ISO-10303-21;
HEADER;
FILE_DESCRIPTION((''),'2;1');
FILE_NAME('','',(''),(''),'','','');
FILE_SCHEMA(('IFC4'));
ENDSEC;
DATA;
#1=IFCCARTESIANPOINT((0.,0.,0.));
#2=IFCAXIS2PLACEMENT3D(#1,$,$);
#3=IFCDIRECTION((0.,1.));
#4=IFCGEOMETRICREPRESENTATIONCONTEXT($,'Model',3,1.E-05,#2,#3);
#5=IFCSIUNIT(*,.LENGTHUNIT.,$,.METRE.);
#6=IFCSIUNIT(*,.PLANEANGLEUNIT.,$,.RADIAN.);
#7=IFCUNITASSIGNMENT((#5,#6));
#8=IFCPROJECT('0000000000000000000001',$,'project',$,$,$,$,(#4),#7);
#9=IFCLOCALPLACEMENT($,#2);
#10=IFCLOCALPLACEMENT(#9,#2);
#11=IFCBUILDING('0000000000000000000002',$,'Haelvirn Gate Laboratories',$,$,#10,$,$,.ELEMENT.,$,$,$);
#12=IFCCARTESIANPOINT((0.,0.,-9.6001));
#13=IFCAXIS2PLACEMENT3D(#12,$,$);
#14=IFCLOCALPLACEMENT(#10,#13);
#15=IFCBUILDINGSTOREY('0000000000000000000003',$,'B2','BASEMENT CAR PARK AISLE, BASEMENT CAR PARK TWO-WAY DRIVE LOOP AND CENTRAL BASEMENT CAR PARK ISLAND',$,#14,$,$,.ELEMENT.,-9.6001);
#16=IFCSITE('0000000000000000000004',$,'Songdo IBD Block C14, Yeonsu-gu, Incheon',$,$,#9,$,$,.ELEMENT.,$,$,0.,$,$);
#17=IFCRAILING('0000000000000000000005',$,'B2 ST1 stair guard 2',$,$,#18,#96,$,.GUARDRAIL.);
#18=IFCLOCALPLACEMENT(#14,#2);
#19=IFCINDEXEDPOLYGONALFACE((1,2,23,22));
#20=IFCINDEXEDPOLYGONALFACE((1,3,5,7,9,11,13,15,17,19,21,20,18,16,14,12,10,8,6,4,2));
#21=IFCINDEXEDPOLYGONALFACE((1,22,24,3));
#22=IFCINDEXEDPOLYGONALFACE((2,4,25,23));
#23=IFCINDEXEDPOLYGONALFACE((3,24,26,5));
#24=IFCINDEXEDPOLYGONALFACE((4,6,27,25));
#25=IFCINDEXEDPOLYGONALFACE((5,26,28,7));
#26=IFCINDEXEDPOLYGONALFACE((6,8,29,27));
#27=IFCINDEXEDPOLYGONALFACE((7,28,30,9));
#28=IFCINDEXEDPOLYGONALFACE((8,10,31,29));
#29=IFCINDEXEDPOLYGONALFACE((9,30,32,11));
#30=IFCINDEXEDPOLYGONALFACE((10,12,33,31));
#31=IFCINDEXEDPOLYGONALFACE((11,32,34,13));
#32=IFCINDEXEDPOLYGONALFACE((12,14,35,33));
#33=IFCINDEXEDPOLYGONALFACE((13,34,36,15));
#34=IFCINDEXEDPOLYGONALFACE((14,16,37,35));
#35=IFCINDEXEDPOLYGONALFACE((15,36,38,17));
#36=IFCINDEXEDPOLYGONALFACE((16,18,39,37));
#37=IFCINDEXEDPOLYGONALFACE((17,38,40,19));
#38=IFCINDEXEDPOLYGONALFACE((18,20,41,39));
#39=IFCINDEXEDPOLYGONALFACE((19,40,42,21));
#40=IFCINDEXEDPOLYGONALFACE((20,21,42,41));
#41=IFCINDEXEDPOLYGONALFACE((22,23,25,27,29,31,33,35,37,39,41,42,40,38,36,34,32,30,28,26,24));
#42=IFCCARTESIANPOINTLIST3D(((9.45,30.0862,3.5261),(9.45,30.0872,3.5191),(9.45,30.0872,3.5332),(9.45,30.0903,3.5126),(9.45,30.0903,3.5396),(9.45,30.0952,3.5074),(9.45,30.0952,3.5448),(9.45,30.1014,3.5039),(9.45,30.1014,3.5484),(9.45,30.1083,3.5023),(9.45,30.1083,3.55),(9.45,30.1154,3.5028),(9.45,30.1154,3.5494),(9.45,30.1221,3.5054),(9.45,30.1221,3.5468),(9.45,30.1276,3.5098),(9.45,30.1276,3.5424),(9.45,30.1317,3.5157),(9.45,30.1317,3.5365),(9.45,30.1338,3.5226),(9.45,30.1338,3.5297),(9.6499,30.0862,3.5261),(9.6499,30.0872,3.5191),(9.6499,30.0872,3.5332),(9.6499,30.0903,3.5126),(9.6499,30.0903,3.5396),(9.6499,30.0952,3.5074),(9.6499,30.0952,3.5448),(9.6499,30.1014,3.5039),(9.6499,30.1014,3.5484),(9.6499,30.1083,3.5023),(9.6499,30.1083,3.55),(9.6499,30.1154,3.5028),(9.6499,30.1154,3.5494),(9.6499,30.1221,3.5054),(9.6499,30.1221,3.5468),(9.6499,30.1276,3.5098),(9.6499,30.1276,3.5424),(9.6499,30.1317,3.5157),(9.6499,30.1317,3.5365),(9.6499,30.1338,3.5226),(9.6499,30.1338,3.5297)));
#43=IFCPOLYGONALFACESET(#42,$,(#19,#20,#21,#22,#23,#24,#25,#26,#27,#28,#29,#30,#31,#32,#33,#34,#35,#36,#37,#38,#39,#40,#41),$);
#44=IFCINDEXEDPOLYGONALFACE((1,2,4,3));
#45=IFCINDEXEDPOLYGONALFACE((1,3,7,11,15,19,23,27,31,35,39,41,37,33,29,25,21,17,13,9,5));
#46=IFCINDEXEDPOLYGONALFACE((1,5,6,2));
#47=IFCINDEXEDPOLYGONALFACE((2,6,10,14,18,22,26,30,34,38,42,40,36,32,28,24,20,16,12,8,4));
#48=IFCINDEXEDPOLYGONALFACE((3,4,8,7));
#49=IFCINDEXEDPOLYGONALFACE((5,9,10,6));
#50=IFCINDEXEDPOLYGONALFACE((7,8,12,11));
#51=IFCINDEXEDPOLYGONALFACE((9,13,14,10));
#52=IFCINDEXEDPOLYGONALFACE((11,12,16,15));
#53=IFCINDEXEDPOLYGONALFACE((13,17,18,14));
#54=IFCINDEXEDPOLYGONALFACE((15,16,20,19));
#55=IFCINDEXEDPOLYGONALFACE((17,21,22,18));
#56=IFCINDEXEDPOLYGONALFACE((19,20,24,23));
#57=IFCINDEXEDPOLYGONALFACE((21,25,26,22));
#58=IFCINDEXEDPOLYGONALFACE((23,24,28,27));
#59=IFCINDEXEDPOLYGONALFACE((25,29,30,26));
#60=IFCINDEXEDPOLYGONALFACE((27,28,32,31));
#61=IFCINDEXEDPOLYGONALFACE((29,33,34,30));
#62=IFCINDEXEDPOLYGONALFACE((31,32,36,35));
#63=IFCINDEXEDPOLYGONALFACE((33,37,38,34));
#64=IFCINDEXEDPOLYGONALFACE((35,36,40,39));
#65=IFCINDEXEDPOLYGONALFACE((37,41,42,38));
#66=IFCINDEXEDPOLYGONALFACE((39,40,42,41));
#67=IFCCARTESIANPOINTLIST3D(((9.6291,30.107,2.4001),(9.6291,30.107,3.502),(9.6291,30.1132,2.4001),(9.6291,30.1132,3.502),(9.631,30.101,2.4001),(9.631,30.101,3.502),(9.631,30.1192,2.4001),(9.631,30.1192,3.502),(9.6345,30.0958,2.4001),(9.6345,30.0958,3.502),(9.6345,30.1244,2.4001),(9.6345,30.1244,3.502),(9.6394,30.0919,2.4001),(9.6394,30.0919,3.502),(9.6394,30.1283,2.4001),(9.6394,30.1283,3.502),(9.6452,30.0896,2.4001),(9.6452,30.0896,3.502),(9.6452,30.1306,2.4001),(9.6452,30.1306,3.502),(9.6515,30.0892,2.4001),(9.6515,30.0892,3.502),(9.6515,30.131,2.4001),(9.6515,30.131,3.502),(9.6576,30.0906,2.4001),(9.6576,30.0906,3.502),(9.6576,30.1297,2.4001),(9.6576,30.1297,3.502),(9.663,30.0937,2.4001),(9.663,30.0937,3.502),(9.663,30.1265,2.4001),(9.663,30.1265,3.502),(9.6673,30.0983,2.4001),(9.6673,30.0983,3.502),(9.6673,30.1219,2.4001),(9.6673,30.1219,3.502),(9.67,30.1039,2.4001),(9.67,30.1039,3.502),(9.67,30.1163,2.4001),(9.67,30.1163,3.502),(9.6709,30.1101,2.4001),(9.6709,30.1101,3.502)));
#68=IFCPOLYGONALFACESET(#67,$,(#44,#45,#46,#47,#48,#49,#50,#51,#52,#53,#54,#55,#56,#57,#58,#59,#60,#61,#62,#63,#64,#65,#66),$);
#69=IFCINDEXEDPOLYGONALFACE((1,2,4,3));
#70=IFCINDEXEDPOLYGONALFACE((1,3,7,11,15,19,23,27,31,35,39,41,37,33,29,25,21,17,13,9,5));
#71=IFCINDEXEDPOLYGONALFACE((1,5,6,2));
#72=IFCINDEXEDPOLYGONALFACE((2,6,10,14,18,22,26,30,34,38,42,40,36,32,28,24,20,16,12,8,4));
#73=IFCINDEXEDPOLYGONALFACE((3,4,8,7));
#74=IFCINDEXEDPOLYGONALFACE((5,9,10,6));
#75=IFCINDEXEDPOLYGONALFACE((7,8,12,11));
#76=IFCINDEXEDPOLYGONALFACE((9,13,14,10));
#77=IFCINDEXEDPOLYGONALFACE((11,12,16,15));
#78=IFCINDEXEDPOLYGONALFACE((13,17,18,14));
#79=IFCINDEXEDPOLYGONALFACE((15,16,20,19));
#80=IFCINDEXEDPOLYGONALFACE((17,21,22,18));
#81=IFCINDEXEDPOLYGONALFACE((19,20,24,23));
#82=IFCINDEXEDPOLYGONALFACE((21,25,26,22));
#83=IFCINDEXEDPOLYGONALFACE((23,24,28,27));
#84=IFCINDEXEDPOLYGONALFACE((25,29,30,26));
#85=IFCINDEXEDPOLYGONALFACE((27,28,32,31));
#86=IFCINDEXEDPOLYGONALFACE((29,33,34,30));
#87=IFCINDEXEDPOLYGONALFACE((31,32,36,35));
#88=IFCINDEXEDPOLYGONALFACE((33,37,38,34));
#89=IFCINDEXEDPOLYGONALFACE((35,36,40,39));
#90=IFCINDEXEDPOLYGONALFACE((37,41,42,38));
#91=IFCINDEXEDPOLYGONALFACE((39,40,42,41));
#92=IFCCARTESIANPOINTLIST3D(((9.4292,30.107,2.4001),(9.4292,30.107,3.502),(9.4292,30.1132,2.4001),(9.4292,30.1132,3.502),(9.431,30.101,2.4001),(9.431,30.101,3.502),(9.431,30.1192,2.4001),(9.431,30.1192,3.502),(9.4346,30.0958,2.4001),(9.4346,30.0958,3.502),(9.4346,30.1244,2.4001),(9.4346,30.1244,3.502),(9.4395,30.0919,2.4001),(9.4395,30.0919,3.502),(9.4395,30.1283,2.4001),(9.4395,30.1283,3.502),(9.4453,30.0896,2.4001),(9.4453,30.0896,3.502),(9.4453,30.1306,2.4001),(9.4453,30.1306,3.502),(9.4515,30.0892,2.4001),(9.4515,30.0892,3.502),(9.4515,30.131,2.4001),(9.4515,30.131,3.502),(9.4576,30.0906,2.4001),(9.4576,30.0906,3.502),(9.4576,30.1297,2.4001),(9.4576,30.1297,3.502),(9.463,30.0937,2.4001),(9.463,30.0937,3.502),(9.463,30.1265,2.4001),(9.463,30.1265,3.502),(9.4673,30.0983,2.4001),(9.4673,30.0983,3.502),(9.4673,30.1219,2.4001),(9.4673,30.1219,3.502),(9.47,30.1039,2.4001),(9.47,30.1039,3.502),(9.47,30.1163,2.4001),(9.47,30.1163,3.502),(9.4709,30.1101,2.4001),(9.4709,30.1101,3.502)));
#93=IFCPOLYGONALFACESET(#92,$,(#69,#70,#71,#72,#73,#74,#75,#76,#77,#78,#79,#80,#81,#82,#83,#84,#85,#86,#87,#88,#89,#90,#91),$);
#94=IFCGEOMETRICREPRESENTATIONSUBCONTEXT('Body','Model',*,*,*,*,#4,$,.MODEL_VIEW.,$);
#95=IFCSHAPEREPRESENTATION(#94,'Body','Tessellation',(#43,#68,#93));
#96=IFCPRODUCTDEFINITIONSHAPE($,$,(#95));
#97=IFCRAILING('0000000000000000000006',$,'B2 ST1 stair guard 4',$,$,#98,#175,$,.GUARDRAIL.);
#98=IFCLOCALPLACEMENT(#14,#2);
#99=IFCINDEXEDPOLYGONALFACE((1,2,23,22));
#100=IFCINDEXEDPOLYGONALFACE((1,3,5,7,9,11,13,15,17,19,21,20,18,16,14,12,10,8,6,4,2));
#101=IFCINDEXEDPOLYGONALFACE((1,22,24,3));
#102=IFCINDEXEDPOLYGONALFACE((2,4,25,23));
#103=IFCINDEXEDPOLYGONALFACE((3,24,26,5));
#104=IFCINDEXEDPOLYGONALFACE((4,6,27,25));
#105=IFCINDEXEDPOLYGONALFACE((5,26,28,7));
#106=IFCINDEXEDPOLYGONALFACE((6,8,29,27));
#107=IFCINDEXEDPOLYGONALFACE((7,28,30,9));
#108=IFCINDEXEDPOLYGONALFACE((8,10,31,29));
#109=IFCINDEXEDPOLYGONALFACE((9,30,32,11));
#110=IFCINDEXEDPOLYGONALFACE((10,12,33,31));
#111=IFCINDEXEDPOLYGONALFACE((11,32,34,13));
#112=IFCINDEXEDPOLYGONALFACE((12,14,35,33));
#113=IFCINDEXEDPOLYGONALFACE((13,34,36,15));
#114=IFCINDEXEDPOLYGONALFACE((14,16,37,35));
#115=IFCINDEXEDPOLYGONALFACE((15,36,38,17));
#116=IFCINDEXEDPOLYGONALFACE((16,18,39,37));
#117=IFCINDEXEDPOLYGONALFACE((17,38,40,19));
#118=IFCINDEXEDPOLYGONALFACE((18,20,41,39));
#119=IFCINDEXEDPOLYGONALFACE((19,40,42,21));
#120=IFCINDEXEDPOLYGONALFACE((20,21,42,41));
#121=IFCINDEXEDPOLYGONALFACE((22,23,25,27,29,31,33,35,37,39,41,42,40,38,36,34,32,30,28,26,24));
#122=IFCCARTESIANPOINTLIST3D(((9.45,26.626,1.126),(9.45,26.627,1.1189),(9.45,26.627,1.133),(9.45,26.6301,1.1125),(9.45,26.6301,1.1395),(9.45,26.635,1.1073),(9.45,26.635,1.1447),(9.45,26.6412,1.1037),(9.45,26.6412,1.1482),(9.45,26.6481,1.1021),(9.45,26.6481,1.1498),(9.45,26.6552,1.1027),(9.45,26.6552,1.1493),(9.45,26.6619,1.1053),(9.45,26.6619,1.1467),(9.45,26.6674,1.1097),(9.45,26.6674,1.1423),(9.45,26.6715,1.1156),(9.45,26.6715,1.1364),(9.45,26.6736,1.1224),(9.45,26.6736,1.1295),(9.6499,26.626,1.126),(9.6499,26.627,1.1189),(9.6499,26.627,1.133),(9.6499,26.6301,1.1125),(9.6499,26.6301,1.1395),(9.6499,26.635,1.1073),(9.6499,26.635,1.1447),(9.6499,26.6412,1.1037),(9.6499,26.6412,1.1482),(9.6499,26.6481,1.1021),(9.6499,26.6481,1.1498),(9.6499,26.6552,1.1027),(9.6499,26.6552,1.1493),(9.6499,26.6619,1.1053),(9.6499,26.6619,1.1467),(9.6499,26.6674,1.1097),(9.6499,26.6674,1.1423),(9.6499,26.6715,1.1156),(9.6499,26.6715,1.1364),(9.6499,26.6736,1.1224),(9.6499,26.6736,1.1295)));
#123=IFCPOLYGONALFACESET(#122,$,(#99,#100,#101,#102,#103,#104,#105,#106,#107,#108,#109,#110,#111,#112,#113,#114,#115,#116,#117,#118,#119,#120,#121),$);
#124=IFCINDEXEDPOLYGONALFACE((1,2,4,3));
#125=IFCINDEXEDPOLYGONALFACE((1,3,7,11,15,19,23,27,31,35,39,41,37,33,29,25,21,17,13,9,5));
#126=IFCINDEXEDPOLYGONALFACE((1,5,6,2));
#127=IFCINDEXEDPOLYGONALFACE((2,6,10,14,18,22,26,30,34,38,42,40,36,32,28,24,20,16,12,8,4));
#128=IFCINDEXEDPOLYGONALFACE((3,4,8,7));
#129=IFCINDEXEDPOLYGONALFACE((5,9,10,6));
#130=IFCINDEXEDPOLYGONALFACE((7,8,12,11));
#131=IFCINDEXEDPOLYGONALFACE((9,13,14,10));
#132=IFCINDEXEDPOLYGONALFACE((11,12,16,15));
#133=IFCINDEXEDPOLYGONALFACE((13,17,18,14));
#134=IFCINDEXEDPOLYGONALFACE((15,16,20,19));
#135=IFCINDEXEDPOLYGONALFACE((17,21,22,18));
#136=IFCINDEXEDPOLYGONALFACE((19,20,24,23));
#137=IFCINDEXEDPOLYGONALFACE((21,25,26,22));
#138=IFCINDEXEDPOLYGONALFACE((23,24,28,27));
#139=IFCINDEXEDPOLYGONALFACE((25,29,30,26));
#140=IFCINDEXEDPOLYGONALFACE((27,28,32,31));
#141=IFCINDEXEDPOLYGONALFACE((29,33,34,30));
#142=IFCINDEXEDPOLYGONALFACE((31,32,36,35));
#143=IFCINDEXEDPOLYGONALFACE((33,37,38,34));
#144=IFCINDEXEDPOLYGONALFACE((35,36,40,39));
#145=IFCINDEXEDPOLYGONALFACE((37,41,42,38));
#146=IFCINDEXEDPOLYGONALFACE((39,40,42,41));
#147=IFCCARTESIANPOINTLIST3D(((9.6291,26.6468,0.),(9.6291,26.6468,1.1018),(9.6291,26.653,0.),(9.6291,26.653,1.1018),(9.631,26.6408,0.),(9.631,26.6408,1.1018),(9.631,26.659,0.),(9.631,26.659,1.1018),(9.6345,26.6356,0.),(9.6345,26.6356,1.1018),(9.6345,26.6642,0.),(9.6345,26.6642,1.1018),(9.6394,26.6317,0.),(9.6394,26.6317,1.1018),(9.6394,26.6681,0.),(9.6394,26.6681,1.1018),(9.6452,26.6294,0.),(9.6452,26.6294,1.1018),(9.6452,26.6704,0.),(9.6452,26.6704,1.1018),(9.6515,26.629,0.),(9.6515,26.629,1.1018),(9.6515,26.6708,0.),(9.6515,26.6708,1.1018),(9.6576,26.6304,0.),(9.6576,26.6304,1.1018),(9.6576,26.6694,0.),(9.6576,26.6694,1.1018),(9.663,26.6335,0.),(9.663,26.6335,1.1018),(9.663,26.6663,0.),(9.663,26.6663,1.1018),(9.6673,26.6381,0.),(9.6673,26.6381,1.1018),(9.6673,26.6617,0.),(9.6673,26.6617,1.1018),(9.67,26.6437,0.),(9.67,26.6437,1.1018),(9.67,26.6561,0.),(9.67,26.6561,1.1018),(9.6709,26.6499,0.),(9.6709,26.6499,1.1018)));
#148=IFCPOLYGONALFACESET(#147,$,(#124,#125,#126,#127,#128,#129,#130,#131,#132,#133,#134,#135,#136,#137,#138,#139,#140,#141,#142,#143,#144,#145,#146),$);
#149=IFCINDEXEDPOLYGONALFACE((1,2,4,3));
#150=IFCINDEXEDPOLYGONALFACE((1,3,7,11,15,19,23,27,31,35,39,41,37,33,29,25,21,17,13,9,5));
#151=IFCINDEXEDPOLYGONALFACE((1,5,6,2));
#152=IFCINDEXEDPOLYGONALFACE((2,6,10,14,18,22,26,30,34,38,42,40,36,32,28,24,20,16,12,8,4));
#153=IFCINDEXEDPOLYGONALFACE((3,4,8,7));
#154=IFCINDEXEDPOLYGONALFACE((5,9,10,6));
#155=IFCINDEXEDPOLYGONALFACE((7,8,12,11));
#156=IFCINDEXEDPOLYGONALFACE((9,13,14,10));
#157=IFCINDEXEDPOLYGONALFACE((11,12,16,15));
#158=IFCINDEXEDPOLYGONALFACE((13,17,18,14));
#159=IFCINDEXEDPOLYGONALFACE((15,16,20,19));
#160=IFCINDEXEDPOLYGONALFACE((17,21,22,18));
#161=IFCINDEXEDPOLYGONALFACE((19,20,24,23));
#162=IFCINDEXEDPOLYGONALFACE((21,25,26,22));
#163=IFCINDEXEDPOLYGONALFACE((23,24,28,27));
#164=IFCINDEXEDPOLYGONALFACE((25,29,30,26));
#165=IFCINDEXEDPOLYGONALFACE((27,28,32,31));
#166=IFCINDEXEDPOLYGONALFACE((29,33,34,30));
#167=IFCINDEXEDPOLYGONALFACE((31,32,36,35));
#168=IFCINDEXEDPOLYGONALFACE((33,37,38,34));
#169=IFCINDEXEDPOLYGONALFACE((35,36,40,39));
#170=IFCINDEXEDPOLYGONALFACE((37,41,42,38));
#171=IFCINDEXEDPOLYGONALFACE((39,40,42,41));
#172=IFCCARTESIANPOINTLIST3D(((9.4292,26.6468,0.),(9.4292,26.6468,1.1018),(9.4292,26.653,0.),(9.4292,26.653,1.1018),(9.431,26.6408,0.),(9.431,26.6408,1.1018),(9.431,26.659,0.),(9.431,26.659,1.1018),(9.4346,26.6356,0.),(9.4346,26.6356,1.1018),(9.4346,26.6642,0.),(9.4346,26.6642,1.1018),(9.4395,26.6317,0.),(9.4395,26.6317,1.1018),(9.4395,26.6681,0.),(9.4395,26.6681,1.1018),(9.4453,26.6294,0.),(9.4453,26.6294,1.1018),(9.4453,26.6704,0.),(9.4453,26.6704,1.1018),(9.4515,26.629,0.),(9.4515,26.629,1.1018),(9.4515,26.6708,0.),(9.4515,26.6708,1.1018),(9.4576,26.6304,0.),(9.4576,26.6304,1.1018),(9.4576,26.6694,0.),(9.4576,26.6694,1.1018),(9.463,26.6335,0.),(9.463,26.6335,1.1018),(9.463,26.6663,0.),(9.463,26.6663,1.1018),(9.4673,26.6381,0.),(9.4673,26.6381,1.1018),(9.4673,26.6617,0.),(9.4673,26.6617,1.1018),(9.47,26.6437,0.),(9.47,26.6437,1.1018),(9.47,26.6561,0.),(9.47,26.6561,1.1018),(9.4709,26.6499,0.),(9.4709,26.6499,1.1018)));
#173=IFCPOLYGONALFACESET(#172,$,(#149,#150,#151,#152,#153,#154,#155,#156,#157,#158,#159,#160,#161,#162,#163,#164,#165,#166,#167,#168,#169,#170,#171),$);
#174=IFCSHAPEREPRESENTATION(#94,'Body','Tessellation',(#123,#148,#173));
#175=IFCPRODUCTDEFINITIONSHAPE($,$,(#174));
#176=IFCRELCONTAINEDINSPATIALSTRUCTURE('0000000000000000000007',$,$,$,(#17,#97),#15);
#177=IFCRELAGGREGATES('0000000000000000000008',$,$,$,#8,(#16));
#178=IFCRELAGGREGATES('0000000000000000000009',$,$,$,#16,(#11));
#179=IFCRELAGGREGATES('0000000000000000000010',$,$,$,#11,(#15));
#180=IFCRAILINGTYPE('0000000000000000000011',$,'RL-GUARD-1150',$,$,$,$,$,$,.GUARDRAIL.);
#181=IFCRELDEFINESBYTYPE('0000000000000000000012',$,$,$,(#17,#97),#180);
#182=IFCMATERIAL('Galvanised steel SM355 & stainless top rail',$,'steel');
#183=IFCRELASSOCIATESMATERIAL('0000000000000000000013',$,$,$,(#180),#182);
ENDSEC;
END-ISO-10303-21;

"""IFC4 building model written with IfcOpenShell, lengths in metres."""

from ifc_helpers import new_model, si_unit, direction, frame, origin, origin_2d, place, context, subcontext, project, spatial, circle, extrude, source, transform, mapped, material, type_object, element, save


model = new_model("IFC4")

# Units and contexts
model_context = context("Model", 3, precision=1e-05, world=origin(), true_north=direction((0.0, 1.0)))
body_context = subcontext(model_context, "Body", "Model", "MODEL_VIEW")
ifc_project = project(units=[si_unit("LENGTHUNIT", "METRE"), si_unit("PLANEANGLEUNIT", "RADIAN")], contexts=[model_context])

# Site, building, storey
site_placement = place(None, origin())
site = spatial("IfcSite", under=ifc_project, at=site_placement, Name="Songdo IBD Block C14, Yeonsu-gu, Incheon", CompositionType="ELEMENT", RefElevation=0.0)
building_placement = place(site_placement, origin())
building = spatial("IfcBuilding", under=site, at=building_placement, Name="Haelvirn Gate Laboratories", CompositionType="ELEMENT")
storey_placement = place(building_placement, frame((0.0, 0.0, -9.6001)))
storey = spatial("IfcBuildingStorey", under=building, at=storey_placement, Name="B2", Description="BASEMENT CAR PARK AISLE, BASEMENT CAR PARK TWO-WAY DRIVE LOOP AND CENTRAL BASEMENT CAR PARK ISLAND", CompositionType="ELEMENT", Elevation=-9.6001)

# Railings
ifc_material_1 = material(Name="Galvanised steel SM355 & stainless top rail", Category="steel")
railing_type_1 = type_object("IfcRailingType", Name="RL-GUARD-1150", PredefinedType="GUARDRAIL", material=ifc_material_1)
shared_shape_1 = source(origin(), body_context, "Body", "SweptSolid", [
    extrude(circle(Radius=0.0239, at=origin_2d()), frame((0.0, 0.0, 1.126), z_axis=(-1.0, 0.0, 0.0), x_axis=(0.0, -1.0, 0.0)), (0.0, 0.0, 1.0), 0.2),
    extrude(circle(Radius=0.021, at=origin_2d()), origin(), (0.0, 0.0, 1.0), 1.1018),
    extrude(circle(Radius=0.021, at=origin_2d()), frame((-0.2, 0.0, 0.0)), (0.0, 0.0, 1.0), 1.1018),
])
for number, where, name in (
    (1, (9.6499, 30.1101, 2.4001), "B2 ST1 stair guard 2"),
    (2, (9.6499, 26.6499, 0.0), "B2 ST1 stair guard 4"),
):
    element("IfcRailing", number, at=place(storey_placement, frame(where)), inside=storey, type_object=railing_type_1, Name=name, PredefinedType="GUARDRAIL", context=body_context, shape_type="MappedRepresentation", body=[
        mapped(shared_shape_1, transform((0.0, 0.0, 0.0), scale=1.0)),
    ])

save(model, "model.ifc")
